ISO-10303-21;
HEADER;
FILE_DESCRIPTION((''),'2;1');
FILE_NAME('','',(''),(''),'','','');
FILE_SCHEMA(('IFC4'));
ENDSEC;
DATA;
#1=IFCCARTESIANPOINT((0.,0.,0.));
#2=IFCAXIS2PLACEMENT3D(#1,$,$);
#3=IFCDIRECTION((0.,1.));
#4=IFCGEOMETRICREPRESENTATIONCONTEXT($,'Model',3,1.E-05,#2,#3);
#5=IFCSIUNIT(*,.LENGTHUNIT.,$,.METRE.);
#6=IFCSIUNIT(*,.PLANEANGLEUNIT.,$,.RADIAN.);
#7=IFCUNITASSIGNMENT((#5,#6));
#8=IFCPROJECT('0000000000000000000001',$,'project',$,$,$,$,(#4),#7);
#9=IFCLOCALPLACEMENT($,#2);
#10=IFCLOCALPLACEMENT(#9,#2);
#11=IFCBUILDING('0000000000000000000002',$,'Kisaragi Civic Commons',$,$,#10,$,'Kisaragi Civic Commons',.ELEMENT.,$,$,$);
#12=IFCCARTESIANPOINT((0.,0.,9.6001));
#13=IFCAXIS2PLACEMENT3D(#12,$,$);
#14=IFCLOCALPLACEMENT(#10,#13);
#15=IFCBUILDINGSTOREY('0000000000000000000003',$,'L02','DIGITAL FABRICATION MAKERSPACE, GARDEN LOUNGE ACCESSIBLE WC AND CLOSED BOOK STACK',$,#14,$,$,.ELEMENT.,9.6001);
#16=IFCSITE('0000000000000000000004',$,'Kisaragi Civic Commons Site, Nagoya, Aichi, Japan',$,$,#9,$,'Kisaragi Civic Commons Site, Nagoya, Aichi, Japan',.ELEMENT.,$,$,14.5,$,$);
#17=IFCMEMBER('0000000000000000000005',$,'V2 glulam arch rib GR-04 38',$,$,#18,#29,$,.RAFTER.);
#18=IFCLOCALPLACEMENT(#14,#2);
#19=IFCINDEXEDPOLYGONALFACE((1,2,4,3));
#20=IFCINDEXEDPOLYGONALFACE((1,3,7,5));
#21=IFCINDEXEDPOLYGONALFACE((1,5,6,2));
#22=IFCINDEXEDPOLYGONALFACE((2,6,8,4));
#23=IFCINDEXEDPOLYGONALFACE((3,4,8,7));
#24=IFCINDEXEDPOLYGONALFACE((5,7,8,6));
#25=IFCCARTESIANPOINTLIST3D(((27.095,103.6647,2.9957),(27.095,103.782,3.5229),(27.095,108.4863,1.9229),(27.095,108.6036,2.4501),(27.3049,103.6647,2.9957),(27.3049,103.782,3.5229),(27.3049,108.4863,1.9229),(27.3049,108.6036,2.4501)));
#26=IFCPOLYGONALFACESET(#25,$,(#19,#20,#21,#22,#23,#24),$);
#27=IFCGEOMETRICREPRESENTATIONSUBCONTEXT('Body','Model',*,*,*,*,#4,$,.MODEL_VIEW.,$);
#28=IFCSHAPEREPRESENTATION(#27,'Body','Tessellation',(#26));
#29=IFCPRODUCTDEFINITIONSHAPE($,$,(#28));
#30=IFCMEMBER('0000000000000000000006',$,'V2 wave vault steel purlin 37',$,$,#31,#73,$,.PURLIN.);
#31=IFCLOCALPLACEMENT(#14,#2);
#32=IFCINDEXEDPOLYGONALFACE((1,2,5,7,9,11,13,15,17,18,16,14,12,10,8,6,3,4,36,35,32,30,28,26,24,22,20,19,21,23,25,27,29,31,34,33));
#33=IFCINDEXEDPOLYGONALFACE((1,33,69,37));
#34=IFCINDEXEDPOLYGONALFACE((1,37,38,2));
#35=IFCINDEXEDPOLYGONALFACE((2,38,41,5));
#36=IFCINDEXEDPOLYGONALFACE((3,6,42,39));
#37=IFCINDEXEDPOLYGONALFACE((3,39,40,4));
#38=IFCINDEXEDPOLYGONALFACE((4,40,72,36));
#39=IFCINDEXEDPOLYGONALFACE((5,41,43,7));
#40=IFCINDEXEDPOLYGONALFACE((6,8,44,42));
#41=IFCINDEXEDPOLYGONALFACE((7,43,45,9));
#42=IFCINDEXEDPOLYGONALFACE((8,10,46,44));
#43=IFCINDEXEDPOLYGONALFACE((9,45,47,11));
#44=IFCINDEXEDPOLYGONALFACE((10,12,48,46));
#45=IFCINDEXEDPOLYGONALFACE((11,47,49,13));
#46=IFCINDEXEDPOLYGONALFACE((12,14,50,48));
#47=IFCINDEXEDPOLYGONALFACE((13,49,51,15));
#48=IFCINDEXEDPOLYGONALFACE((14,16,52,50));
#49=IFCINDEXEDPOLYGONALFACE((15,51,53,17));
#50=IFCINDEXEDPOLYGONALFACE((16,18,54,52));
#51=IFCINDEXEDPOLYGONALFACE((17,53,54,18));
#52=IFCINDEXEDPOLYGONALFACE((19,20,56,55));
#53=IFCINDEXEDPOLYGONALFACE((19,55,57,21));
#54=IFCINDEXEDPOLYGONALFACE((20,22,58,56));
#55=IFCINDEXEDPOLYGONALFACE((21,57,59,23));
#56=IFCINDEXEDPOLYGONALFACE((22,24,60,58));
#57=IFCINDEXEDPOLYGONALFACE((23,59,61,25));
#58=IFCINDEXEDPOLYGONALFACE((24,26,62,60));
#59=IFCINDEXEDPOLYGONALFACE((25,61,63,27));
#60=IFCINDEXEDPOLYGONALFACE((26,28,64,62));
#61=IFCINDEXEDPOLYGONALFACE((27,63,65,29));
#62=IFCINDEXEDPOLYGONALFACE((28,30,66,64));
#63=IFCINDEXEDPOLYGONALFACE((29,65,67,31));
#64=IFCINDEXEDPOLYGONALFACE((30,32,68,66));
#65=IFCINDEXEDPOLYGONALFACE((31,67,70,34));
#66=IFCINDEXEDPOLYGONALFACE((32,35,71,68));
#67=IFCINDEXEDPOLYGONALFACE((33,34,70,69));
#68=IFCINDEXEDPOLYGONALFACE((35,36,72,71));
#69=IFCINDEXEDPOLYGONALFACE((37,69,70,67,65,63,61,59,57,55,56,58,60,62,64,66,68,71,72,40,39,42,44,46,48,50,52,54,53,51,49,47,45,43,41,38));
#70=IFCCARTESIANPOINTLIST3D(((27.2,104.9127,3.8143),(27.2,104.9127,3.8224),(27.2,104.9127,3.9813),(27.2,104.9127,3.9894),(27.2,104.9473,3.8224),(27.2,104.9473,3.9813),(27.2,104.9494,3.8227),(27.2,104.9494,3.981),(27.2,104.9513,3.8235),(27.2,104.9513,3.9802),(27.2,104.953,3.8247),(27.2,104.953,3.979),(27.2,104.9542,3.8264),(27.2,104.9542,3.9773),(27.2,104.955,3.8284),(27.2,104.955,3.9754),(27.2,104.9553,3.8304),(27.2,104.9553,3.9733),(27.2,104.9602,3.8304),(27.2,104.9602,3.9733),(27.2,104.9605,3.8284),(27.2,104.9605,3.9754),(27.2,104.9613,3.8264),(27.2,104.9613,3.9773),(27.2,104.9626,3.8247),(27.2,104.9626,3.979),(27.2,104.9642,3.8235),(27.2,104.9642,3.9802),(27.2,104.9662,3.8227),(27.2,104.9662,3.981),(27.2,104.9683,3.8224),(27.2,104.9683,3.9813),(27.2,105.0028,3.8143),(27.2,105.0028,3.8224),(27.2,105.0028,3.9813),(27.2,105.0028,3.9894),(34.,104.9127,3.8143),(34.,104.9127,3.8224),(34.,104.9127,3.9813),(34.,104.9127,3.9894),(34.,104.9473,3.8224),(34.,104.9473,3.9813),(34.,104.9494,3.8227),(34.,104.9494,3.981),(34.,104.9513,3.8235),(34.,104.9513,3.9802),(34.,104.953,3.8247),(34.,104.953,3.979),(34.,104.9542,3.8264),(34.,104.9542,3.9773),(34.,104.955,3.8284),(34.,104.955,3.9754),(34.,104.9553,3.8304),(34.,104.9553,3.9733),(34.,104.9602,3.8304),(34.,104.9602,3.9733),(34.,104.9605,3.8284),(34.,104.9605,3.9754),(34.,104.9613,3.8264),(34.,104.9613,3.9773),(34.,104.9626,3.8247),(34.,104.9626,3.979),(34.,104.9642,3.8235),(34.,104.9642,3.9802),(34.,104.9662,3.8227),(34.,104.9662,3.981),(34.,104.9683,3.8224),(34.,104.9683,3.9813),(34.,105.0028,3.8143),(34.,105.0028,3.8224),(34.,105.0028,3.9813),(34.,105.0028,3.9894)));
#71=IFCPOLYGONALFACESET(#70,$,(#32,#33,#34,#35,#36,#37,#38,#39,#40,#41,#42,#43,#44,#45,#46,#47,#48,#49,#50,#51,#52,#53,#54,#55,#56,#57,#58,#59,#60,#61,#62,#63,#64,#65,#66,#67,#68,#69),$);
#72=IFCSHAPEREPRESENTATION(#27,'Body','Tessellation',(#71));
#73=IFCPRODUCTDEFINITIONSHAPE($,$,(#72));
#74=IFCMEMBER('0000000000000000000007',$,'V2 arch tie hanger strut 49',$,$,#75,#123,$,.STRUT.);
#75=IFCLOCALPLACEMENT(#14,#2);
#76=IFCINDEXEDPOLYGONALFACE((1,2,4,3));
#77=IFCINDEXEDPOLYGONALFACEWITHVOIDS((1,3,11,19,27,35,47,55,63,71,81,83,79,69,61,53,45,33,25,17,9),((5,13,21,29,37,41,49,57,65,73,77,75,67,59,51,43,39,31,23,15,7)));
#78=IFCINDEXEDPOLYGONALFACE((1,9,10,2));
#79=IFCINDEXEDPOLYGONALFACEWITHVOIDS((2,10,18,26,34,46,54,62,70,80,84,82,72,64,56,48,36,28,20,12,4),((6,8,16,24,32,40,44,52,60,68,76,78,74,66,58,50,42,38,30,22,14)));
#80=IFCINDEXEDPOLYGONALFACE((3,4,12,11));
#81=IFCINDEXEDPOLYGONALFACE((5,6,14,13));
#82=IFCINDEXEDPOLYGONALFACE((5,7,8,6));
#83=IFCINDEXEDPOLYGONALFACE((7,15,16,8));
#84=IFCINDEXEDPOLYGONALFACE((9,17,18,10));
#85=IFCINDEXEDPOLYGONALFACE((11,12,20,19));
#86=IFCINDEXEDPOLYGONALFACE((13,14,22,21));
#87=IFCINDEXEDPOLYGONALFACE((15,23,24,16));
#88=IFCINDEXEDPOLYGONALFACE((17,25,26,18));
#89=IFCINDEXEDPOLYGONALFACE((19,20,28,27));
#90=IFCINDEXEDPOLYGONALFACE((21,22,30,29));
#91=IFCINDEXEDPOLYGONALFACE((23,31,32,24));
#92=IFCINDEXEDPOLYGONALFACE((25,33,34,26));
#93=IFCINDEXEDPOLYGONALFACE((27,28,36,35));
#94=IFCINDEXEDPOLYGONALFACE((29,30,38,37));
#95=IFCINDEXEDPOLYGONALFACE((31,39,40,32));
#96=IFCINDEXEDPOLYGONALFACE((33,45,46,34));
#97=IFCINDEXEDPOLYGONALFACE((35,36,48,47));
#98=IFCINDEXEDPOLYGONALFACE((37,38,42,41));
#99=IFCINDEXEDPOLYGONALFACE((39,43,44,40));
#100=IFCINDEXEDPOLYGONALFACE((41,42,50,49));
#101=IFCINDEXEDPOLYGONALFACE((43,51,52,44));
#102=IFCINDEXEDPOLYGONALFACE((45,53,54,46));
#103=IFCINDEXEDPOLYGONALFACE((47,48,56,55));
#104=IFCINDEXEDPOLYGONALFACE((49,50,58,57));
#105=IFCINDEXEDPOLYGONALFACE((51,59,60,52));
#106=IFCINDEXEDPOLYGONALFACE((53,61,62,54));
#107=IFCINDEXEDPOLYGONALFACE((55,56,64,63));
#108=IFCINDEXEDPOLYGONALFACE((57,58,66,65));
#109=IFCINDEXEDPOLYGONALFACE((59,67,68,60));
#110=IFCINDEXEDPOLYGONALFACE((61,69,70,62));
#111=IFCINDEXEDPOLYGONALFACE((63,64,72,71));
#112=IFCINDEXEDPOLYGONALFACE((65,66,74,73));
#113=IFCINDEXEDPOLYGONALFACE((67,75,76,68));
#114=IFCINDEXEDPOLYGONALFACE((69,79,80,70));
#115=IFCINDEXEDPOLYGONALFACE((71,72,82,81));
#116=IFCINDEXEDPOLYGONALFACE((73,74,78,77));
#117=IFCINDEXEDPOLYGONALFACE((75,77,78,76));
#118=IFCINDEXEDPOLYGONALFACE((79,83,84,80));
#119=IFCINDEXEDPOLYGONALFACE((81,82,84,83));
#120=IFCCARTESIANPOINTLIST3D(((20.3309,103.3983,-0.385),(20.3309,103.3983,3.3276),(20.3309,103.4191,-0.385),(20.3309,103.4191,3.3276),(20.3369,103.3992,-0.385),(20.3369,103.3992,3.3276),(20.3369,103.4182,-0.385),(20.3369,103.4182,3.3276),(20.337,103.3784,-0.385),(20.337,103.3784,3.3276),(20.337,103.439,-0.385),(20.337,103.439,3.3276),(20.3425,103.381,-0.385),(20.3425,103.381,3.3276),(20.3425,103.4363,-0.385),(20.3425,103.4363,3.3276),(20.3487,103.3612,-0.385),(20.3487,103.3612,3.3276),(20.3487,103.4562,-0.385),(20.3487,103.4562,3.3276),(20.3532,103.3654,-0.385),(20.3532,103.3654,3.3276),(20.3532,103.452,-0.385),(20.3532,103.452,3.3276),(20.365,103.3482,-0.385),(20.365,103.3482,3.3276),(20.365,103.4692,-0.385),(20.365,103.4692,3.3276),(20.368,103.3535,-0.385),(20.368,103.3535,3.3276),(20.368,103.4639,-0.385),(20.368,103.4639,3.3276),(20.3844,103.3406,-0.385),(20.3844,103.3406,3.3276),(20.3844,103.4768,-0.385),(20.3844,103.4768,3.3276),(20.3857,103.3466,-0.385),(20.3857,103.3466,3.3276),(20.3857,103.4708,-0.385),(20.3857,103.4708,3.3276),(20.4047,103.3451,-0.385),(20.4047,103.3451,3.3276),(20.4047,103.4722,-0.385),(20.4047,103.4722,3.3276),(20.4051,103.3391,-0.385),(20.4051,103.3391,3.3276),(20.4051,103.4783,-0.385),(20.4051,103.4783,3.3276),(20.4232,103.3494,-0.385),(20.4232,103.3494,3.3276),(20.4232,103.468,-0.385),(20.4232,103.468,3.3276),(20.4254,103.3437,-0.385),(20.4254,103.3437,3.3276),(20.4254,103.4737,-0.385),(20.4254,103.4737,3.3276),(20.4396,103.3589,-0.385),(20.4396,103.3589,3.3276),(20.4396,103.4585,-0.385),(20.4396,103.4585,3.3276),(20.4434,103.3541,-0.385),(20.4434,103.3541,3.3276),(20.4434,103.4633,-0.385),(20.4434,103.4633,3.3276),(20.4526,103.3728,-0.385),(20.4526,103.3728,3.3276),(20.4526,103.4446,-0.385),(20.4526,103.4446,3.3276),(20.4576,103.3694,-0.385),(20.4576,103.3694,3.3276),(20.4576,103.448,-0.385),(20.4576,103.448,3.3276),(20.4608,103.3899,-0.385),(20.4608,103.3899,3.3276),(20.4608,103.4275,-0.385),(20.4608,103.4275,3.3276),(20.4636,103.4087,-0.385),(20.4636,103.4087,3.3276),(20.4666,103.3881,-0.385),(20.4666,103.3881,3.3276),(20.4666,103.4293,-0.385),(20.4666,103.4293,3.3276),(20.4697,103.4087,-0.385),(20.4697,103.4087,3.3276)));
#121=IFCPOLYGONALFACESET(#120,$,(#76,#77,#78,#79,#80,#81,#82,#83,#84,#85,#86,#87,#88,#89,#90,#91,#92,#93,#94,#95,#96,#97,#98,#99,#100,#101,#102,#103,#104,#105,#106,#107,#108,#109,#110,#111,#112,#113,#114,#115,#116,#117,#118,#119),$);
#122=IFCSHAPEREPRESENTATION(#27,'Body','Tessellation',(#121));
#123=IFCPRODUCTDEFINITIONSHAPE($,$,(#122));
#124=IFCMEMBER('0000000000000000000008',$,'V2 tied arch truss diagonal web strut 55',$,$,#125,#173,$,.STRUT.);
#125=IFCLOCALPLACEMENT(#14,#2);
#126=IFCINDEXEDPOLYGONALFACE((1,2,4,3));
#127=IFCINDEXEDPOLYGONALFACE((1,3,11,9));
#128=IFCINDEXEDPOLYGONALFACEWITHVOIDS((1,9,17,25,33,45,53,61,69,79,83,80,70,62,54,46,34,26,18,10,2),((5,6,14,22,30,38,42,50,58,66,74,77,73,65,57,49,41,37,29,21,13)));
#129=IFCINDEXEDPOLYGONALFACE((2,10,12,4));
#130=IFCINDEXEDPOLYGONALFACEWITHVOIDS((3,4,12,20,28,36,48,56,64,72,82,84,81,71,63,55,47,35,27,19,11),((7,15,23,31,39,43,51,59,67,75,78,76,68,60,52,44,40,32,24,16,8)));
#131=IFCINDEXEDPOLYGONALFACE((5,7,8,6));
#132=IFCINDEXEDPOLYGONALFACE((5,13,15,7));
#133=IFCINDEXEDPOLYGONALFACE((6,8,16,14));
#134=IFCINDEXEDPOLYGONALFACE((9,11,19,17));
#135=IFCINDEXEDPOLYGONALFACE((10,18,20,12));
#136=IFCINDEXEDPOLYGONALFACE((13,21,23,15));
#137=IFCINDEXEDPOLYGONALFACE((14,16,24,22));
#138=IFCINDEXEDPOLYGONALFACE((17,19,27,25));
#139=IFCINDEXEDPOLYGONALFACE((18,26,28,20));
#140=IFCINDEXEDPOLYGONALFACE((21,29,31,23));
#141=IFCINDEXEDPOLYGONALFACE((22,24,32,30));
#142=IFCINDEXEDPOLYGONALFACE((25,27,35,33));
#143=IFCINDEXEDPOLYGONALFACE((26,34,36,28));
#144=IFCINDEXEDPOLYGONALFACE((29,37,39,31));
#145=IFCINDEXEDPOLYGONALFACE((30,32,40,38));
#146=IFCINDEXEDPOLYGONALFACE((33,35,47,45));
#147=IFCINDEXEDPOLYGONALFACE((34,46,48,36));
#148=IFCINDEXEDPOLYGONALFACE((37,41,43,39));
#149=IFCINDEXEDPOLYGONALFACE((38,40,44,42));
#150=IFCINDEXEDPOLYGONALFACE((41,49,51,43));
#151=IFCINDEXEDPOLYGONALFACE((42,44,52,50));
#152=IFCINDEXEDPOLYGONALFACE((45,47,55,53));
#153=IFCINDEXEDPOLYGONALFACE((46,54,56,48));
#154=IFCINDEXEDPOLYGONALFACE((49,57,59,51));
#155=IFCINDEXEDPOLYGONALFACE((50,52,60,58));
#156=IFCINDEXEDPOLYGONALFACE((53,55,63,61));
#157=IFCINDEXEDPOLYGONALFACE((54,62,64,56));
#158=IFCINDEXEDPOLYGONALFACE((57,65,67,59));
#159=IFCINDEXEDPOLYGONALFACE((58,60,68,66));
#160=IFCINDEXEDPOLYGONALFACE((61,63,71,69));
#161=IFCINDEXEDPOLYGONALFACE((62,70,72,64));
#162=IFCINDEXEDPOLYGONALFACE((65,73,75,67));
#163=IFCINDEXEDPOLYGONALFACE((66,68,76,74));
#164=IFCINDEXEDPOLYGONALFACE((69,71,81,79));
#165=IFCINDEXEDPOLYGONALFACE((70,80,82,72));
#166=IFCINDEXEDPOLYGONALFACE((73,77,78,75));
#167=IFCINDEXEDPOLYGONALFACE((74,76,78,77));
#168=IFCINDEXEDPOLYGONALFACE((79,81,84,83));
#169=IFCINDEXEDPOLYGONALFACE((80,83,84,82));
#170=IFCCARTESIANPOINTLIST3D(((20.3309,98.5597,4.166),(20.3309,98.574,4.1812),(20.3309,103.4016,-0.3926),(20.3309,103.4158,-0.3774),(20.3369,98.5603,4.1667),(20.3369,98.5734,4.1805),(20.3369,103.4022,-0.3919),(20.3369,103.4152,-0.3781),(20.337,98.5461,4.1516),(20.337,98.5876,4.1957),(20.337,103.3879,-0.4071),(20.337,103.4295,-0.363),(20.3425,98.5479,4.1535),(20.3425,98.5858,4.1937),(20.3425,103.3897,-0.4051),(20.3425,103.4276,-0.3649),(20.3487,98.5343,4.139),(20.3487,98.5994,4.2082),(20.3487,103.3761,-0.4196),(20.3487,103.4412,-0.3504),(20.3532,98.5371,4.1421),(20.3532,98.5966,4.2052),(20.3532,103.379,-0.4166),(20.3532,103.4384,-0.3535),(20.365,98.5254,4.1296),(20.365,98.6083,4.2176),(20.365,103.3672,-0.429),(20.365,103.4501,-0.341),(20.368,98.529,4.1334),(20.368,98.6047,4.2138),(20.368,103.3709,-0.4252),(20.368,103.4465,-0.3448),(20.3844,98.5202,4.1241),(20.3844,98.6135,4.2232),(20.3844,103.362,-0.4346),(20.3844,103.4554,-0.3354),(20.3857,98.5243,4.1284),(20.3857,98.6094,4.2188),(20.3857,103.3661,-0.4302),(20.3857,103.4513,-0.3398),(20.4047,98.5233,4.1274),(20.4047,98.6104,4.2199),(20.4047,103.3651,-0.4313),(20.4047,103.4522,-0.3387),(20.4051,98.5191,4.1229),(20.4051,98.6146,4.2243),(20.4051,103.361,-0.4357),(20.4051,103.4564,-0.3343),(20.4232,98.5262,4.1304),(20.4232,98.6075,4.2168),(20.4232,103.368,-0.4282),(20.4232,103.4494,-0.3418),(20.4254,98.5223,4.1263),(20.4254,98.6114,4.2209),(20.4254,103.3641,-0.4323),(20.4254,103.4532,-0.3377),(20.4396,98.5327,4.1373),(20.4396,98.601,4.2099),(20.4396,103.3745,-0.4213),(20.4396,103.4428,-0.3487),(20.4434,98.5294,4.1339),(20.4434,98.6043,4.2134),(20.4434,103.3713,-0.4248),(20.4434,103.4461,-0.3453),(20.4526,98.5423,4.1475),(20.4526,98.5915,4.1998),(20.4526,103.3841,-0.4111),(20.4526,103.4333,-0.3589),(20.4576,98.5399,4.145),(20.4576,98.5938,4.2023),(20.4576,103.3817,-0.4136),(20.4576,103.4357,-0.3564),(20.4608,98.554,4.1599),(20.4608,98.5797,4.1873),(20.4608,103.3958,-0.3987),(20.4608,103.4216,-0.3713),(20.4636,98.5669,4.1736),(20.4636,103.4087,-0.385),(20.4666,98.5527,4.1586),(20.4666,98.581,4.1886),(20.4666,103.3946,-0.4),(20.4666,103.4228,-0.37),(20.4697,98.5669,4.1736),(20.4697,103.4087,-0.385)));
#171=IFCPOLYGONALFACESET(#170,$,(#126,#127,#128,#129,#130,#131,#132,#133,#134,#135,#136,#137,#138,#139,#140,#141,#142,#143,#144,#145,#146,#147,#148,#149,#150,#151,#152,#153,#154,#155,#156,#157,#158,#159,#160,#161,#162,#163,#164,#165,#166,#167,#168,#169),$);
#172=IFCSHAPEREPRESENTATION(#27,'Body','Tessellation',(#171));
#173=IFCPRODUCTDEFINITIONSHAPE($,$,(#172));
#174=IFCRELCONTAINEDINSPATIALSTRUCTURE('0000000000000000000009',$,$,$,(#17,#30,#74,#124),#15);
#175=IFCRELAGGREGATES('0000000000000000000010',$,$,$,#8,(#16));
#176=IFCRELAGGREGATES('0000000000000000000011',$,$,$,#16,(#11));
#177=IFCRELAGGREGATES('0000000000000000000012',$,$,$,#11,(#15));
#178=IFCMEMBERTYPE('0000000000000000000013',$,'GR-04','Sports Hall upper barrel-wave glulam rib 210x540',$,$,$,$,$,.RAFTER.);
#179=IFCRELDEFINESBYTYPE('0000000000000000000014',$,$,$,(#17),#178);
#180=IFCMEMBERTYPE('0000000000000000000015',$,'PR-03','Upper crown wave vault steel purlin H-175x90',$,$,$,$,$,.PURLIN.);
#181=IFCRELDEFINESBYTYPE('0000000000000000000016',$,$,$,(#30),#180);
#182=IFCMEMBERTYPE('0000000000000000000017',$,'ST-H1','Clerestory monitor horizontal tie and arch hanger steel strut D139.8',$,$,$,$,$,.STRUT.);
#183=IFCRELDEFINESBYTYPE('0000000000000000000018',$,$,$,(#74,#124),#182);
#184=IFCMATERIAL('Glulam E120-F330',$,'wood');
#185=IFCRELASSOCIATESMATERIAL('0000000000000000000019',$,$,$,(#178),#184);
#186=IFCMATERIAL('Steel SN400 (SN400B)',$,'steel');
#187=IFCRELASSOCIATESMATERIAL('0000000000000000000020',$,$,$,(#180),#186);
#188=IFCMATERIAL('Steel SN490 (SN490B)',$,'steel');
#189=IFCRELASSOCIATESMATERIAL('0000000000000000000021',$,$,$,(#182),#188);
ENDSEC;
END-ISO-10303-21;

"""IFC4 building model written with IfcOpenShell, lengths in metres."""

from ifc_helpers import new_model, si_unit, direction, frame, origin, origin_2d, place, context, subcontext, project, spatial, rectangle, hollow_circle, i_section, extrude, material, material_profile, profile_set, type_object, element, save


model = new_model("IFC4")

# Units and contexts
model_context = context("Model", 3, precision=1e-05, world=origin(), true_north=direction((0.0, 1.0)))
body_context = subcontext(model_context, "Body", "Model", "MODEL_VIEW")
ifc_project = project(units=[si_unit("LENGTHUNIT", "METRE"), si_unit("PLANEANGLEUNIT", "RADIAN")], contexts=[model_context])

# Site, building, storey
site_placement = place(None, origin())
site = spatial("IfcSite", under=ifc_project, at=site_placement, Name="Kisaragi Civic Commons Site, Nagoya, Aichi, Japan", LongName="Kisaragi Civic Commons Site, Nagoya, Aichi, Japan", CompositionType="ELEMENT", RefElevation=14.5)
building_placement = place(site_placement, origin())
building = spatial("IfcBuilding", under=site, at=building_placement, Name="Kisaragi Civic Commons", LongName="Kisaragi Civic Commons", CompositionType="ELEMENT")
storey_placement = place(building_placement, frame((0.0, 0.0, 9.6001)))
storey = spatial("IfcBuildingStorey", under=building, at=storey_placement, Name="L02", Description="DIGITAL FABRICATION MAKERSPACE, GARDEN LOUNGE ACCESSIBLE WC AND CLOSED BOOK STACK", CompositionType="ELEMENT", Elevation=9.6001)

# Members
ifc_material_1 = material(Name="Steel SN490 (SN490B)", Category="steel")
ifc_material_2 = material(Name="Glulam E120-F330", Category="wood")
ifc_material_profile_1 = material_profile(ifc_material_2, rectangle(XDim=0.21, YDim=0.54, at=origin_2d()), Name="GL-210x540", Category="wood")
ifc_profile_set_1 = profile_set([ifc_material_profile_1], Name="Glulam E120-F330")
member_type_1 = type_object("IfcMemberType", Name="GR-04", Description="Sports Hall upper barrel-wave glulam rib 210x540", PredefinedType="RAFTER", material=ifc_profile_set_1)
member_1_placement = place(storey_placement, frame((27.2, 103.7234, 3.2593), z_axis=(0.0, 0.976131, -0.217182), x_axis=(-1.0, 0.0, 0.0)))
element("IfcMember", 1, at=member_1_placement, inside=storey, type_object=member_type_1, Name="V2 glulam arch rib GR-04 38", PredefinedType="RAFTER", context=body_context, shape_type="SweptSolid", body=[
    extrude(rectangle(XDim=0.21, YDim=0.54, at=origin_2d()), origin(), (0.0, 0.0, 1.0), 4.9395),
])
ifc_material_3 = material(Name="Steel SN400 (SN400B)", Category="steel")
ifc_material_profile_2 = material_profile(ifc_material_3, i_section(OverallWidth=0.0901, OverallDepth=0.175, WebThickness=0.0049, FlangeThickness=0.0081, FilletRadius=0.0081, at=origin_2d()), Name="H-175x90x5x8", Category="steel")
ifc_profile_set_2 = profile_set([ifc_material_profile_2], Name="Steel SN400 (SN400B)")
member_type_2 = type_object("IfcMemberType", Name="PR-03", Description="Upper crown wave vault steel purlin H-175x90", PredefinedType="PURLIN", material=ifc_profile_set_2)
member_2_placement = place(storey_placement, frame((27.2, 104.9578, 3.9019), z_axis=(1.0, 0.0, 0.0), x_axis=(0.0, 1.0, 0.0)))
element("IfcMember", 2, at=member_2_placement, inside=storey, type_object=member_type_2, Name="V2 wave vault steel purlin 37", PredefinedType="PURLIN", context=body_context, shape_type="SweptSolid", body=[
    extrude(i_section(OverallWidth=0.0901, OverallDepth=0.175, WebThickness=0.0049, FlangeThickness=0.0081, FilletRadius=0.0081, at=origin_2d()), origin(), (0.0, 0.0, 1.0), 6.8),
])
ifc_material_profile_3 = material_profile(ifc_material_1, hollow_circle(Radius=0.0698, WallThickness=0.0061, at=origin_2d()), Name="CHS-139.8x6.0", Category="steel")
ifc_profile_set_3 = profile_set([ifc_material_profile_3], Name="Steel SN490 (SN490B)")
member_type_3 = type_object("IfcMemberType", Name="ST-H1", Description="Clerestory monitor horizontal tie and arch hanger steel strut D139.8", PredefinedType="STRUT", material=ifc_profile_set_3)
member_3_placement = place(storey_placement, frame((20.3999, 103.4087, -0.385), z_axis=(0.0, 0.0, 1.0), x_axis=(1.0, 0.0, 0.0)))
element("IfcMember", 3, at=member_3_placement, inside=storey, type_object=member_type_3, Name="V2 arch tie hanger strut 49", PredefinedType="STRUT", context=body_context, shape_type="SweptSolid", body=[
    extrude(hollow_circle(Radius=0.0698, WallThickness=0.0061, at=origin_2d()), origin(), (0.0, 0.0, 1.0), 3.7126),
])
member_4_placement = place(storey_placement, frame((20.3999, 103.4087, -0.385), z_axis=(0.0, -0.728079, 0.685493), x_axis=(1.0, 0.0, 0.0)))
element("IfcMember", 4, at=member_4_placement, inside=storey, type_object=member_type_3, Name="V2 tied arch truss diagonal web strut 55", PredefinedType="STRUT", context=body_context, shape_type="SweptSolid", body=[
    extrude(hollow_circle(Radius=0.0698, WallThickness=0.0061, at=origin_2d()), origin(), (0.0, 0.0, 1.0), 6.6501),
])

save(model, "model.ifc")
